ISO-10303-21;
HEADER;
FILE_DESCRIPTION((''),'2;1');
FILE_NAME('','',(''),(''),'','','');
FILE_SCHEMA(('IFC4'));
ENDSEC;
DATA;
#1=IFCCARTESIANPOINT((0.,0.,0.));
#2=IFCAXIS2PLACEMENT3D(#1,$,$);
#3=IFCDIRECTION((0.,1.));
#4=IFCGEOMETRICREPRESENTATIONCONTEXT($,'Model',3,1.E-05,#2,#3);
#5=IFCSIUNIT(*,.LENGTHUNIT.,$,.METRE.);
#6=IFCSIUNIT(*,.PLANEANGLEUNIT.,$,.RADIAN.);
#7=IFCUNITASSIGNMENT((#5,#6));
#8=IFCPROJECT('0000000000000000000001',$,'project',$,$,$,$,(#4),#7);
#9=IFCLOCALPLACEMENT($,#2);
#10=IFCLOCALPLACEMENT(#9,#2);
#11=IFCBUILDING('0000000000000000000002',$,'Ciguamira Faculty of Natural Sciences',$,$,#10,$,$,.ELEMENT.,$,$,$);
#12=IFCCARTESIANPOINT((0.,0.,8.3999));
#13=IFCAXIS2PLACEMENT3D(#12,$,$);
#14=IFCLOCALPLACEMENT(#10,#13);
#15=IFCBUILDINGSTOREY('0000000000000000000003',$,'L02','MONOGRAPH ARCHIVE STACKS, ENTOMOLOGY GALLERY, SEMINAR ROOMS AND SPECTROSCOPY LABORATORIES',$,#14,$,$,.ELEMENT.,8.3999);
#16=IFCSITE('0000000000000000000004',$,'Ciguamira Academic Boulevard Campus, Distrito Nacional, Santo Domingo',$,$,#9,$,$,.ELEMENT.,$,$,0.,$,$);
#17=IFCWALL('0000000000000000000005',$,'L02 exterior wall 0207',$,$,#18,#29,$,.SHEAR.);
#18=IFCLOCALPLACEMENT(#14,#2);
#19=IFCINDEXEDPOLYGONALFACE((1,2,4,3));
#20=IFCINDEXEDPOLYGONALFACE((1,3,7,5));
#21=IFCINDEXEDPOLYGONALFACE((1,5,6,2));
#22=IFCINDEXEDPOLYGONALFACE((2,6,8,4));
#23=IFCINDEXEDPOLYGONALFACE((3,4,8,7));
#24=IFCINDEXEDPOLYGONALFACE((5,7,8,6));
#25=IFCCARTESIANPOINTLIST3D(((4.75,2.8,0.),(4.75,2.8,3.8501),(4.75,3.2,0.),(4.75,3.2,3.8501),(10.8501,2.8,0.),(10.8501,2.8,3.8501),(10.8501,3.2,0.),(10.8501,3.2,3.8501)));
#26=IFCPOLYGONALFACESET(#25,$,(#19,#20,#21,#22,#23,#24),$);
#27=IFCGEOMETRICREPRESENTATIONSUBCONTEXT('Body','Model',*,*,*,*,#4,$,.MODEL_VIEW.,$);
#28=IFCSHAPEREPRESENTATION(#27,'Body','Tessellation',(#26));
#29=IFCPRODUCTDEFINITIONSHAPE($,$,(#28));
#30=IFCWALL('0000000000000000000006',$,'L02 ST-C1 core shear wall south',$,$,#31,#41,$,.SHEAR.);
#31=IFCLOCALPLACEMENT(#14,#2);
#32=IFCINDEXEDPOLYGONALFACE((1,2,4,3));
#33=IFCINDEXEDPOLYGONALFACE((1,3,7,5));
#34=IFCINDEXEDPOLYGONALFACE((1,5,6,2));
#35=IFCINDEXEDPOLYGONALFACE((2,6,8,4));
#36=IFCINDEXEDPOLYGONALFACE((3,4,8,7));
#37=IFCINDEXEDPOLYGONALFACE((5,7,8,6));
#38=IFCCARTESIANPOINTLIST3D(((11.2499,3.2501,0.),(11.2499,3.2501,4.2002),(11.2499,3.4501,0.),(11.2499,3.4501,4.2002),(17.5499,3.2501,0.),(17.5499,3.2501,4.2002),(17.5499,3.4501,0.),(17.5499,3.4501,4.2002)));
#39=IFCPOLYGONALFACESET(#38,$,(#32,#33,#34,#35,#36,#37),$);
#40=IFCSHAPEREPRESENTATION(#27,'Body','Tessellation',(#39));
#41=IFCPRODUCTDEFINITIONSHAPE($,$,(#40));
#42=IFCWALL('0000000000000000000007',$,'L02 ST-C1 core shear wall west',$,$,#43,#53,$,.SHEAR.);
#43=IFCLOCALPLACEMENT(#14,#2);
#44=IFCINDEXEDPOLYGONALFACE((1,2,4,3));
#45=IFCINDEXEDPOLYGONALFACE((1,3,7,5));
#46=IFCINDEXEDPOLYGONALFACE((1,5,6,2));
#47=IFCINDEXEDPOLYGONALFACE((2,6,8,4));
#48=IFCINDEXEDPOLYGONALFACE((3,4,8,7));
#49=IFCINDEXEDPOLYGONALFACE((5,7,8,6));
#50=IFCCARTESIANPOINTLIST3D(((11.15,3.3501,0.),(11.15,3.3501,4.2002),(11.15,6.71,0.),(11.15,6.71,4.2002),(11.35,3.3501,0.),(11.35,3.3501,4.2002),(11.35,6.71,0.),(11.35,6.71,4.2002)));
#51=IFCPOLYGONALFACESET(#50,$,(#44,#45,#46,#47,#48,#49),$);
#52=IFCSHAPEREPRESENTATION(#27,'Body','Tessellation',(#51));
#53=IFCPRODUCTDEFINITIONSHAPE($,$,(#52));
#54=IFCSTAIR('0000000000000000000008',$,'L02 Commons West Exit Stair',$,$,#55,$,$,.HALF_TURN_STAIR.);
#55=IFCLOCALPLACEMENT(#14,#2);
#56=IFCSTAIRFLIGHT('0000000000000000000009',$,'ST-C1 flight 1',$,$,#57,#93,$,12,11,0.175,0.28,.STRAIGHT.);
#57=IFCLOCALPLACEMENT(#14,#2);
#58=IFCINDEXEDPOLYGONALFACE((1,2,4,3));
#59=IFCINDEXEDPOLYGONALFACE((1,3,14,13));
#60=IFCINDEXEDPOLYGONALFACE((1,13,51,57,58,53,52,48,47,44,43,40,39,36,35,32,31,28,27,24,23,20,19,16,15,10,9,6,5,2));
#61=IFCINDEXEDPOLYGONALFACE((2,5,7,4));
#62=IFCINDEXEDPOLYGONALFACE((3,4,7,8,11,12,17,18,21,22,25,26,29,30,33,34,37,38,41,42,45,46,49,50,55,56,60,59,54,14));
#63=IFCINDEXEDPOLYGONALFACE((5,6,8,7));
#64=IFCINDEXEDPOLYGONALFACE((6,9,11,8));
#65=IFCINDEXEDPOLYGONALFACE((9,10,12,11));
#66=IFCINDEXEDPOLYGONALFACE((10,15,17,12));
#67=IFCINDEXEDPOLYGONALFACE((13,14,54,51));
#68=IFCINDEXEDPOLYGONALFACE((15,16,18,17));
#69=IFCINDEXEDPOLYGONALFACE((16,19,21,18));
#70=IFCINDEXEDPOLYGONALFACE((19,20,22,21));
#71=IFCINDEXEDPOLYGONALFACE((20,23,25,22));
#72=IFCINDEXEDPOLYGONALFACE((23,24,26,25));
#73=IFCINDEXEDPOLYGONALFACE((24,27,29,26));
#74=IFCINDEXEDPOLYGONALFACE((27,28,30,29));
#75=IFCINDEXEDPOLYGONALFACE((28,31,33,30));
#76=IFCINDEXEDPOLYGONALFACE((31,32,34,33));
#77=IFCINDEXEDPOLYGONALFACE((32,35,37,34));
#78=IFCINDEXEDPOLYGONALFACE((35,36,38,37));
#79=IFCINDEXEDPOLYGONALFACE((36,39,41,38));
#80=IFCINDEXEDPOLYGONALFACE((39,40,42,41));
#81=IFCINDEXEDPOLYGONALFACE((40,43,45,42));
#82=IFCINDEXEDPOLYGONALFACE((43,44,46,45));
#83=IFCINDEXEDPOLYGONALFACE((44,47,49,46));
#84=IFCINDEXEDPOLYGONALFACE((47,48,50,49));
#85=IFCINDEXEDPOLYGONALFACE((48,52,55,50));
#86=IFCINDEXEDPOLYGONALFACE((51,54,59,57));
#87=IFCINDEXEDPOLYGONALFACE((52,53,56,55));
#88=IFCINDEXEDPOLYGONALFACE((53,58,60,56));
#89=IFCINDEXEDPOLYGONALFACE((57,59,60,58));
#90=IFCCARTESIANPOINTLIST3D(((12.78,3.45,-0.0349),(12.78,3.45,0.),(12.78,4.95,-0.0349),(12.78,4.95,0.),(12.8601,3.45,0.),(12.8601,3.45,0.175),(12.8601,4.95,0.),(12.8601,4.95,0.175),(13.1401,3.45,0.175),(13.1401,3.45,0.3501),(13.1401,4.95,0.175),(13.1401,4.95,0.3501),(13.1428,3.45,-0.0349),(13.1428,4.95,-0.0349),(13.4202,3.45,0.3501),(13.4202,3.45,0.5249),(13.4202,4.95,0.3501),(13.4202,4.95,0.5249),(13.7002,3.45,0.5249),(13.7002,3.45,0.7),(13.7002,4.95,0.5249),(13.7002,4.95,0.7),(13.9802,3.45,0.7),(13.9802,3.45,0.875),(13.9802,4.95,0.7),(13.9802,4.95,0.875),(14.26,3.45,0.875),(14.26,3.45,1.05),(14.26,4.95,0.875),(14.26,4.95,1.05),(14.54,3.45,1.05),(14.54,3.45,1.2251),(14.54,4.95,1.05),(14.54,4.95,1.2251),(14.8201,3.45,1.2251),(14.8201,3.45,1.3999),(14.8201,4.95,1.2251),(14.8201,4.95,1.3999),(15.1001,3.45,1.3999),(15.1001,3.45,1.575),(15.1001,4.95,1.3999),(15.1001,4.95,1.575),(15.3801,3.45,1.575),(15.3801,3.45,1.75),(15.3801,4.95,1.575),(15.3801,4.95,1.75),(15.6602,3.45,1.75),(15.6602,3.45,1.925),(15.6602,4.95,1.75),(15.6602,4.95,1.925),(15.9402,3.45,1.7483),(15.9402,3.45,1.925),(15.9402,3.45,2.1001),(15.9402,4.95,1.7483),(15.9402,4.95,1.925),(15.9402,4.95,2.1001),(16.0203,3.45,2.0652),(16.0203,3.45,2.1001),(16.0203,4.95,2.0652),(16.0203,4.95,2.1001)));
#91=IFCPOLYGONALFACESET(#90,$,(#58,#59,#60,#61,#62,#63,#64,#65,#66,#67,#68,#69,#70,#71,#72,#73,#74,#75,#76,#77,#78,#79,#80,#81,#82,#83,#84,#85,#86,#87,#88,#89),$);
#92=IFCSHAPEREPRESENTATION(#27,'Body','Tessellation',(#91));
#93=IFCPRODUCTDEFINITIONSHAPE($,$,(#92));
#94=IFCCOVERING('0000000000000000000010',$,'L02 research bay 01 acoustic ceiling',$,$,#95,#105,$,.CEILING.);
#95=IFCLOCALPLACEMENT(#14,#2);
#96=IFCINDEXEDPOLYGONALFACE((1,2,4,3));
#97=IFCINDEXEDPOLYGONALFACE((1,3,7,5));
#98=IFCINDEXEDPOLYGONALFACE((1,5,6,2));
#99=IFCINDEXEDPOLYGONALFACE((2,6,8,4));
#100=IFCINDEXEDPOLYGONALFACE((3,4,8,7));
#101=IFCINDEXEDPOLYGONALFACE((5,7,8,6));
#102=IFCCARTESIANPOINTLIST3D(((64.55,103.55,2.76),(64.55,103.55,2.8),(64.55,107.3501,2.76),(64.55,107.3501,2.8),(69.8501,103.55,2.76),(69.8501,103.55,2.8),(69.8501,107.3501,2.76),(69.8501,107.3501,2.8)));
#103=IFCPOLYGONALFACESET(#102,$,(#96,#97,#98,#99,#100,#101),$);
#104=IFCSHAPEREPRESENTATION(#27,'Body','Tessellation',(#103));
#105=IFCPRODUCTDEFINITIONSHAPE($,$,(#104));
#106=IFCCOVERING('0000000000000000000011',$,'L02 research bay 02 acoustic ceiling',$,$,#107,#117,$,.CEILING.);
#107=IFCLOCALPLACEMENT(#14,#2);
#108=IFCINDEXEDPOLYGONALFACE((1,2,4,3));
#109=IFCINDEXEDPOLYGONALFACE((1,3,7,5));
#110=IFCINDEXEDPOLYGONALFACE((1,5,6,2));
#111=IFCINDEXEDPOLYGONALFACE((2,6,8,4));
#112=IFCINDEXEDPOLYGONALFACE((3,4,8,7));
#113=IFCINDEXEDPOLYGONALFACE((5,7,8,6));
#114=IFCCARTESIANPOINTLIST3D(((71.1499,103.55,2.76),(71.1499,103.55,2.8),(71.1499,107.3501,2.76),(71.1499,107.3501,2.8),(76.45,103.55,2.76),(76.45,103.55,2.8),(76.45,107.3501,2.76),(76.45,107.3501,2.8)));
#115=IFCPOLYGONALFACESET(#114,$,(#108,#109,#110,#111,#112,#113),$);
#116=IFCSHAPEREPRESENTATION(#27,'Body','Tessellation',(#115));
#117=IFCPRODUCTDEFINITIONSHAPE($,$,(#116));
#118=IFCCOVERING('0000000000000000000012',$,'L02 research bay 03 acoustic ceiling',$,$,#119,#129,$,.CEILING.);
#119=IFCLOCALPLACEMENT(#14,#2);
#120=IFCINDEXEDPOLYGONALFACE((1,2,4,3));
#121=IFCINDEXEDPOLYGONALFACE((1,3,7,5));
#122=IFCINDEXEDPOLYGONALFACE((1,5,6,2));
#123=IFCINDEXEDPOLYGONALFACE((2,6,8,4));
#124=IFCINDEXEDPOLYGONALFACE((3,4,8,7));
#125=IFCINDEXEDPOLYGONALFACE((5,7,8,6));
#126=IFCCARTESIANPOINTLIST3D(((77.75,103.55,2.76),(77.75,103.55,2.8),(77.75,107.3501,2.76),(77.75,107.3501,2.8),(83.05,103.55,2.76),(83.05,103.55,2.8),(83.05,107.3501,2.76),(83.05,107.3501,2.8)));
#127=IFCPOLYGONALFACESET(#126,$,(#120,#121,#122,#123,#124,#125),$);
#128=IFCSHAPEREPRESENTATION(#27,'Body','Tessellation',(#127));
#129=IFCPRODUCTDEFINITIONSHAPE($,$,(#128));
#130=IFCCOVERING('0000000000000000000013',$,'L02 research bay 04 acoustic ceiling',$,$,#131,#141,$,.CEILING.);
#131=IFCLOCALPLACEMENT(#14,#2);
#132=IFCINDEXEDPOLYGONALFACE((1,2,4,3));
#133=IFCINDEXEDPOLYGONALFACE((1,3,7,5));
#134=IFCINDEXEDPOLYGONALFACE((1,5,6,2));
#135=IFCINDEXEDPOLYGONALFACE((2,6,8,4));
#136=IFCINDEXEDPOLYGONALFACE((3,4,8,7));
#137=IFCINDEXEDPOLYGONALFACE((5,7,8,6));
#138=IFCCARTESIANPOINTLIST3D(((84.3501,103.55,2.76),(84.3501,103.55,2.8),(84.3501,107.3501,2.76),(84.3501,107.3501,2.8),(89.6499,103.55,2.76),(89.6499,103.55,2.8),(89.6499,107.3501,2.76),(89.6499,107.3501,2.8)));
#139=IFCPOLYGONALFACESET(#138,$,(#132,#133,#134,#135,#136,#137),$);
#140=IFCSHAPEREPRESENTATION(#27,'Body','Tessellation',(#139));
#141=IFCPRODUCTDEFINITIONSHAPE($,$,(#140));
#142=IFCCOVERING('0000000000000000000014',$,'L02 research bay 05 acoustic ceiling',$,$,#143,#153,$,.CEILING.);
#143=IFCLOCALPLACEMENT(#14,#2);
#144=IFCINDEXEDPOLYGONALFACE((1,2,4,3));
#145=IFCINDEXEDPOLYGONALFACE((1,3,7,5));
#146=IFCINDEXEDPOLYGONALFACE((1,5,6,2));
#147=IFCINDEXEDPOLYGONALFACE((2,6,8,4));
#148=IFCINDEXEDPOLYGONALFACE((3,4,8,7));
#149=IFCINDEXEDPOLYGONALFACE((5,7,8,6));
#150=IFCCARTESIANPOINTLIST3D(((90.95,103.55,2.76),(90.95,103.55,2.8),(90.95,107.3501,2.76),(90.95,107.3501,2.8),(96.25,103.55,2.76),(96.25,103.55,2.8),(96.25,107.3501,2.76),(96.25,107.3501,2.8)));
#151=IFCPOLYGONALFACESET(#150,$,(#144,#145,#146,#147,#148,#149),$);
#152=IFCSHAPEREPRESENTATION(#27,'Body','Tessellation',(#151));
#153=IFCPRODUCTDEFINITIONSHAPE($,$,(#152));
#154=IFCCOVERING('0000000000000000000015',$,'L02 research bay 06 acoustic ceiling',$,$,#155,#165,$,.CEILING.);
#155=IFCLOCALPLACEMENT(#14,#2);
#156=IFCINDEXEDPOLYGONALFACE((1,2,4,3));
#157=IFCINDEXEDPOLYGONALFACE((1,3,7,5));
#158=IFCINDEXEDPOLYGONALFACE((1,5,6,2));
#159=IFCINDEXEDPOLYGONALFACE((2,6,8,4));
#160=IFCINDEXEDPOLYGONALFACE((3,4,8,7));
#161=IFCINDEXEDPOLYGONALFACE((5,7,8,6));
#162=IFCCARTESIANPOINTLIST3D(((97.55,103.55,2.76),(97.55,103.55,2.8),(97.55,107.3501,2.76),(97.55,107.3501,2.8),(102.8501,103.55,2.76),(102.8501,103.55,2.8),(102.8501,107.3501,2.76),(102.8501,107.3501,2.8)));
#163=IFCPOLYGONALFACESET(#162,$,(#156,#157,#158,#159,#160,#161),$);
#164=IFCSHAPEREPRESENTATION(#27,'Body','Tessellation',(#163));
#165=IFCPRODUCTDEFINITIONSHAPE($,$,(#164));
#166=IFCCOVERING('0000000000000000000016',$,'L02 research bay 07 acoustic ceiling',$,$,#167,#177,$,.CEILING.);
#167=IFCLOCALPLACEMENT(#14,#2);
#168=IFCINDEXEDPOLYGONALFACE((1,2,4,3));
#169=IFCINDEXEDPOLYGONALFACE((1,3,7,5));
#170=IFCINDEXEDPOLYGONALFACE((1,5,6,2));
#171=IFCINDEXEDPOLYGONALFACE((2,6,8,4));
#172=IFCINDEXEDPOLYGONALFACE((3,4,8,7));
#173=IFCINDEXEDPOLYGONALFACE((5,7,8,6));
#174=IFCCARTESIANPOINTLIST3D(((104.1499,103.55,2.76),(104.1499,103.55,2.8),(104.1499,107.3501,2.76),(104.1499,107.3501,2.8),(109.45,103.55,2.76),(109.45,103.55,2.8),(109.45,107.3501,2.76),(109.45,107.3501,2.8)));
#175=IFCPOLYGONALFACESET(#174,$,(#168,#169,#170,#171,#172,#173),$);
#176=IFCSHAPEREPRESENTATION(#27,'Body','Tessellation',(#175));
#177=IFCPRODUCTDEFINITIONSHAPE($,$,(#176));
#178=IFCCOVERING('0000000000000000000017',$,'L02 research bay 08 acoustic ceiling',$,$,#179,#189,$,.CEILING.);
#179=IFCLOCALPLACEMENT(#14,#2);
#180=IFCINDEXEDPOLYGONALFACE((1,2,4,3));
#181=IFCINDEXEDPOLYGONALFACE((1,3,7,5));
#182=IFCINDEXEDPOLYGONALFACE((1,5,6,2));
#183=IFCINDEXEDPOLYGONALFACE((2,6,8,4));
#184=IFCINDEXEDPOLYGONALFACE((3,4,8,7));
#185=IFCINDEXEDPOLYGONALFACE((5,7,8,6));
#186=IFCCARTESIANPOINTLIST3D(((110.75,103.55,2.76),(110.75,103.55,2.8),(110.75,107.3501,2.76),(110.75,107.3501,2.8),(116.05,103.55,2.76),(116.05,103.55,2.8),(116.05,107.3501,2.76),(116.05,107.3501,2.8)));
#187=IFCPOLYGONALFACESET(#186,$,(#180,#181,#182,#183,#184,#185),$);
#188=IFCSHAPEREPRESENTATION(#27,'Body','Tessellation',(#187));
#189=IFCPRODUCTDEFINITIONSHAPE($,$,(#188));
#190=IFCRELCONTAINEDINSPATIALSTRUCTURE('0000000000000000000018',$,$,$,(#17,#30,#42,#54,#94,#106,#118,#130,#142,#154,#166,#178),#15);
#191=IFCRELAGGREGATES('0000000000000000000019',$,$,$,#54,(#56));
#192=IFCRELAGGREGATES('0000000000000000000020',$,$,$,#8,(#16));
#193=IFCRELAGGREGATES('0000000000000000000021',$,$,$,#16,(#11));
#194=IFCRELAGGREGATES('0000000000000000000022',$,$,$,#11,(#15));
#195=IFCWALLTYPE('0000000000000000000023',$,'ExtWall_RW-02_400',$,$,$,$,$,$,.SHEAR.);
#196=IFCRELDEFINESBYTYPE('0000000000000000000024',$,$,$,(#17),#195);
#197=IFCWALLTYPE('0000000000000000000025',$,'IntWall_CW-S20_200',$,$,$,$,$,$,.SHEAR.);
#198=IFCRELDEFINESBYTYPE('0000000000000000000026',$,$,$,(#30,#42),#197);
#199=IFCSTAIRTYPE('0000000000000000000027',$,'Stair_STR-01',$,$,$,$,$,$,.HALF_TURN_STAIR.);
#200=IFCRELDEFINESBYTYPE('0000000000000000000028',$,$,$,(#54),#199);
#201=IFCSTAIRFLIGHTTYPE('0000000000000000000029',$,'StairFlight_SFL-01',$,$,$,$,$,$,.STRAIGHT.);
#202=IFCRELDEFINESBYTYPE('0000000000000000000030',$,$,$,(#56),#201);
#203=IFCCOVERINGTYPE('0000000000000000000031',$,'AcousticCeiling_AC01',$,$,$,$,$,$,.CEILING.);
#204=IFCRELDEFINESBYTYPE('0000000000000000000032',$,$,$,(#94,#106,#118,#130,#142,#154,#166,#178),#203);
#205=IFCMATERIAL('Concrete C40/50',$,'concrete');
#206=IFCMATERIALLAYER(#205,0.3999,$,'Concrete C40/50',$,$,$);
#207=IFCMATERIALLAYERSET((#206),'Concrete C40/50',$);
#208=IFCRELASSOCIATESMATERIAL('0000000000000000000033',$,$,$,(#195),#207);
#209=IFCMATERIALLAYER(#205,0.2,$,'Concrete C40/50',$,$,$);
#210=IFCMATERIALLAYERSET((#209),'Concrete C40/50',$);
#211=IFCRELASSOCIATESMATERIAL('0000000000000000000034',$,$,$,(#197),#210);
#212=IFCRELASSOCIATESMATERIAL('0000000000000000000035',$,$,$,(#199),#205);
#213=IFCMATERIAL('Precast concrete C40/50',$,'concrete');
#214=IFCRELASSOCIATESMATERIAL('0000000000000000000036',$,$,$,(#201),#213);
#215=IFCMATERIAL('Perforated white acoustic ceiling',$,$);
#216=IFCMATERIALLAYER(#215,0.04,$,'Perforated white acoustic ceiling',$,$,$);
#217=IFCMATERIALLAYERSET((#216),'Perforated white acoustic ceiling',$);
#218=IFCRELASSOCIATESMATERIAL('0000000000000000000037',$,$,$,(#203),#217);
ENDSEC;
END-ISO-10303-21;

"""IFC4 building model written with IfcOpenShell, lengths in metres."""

from ifc_helpers import new_model, si_unit, direction, frame, frame_2d, origin, place, context, subcontext, project, spatial, polyline, rectangle, outline, extrude, material, layer, layer_set, type_object, element, aggregate, save


model = new_model("IFC4")

# Units and contexts
model_context = context("Model", 3, precision=1e-05, world=origin(), true_north=direction((0.0, 1.0)))
body_context = subcontext(model_context, "Body", "Model", "MODEL_VIEW")
ifc_project = project(units=[si_unit("LENGTHUNIT", "METRE"), si_unit("PLANEANGLEUNIT", "RADIAN")], contexts=[model_context])

# Site, building, storey
site_placement = place(None, origin())
site = spatial("IfcSite", under=ifc_project, at=site_placement, Name="Ciguamira Academic Boulevard Campus, Distrito Nacional, Santo Domingo", CompositionType="ELEMENT", RefElevation=0.0)
building_placement = place(site_placement, origin())
building = spatial("IfcBuilding", under=site, at=building_placement, Name="Ciguamira Faculty of Natural Sciences", CompositionType="ELEMENT")
storey_placement = place(building_placement, frame((0.0, 0.0, 8.3999)))
storey = spatial("IfcBuildingStorey", under=building, at=storey_placement, Name="L02", Description="MONOGRAPH ARCHIVE STACKS, ENTOMOLOGY GALLERY, SEMINAR ROOMS AND SPECTROSCOPY LABORATORIES", CompositionType="ELEMENT", Elevation=8.3999)

# Shared definitions
ifc_material_1 = material(Name="Concrete C40/50", Category="concrete")

# Shared definitions
ifc_material_2 = material(Name="Precast concrete C40/50", Category="concrete")

# Walls
ifc_layer_1 = layer(ifc_material_1, 0.3999, Name="Concrete C40/50")
ifc_layer_set_1 = layer_set([ifc_layer_1], Name="Concrete C40/50")
wall_type_1 = type_object("IfcWallType", Name="ExtWall_RW-02_400", PredefinedType="SHEAR", material=ifc_layer_set_1)
wall_1_placement = place(storey_placement, frame((4.75, 3.0, 0.0), z_axis=(0.0, 0.0, 1.0), x_axis=(1.0, 0.0, 0.0)))
element("IfcWall", 1, at=wall_1_placement, inside=storey, type_object=wall_type_1, Name="L02 exterior wall 0207", PredefinedType="SHEAR", context=body_context, shape_type="SweptSolid", body=[
    extrude(rectangle(XDim=6.1001, YDim=0.3999, at=frame_2d((3.05, 0.0))), origin(), (0.0, 0.0, 1.0), 3.8501),
])
ifc_layer_2 = layer(ifc_material_1, 0.2, Name="Concrete C40/50")
ifc_layer_set_2 = layer_set([ifc_layer_2], Name="Concrete C40/50")
wall_type_2 = type_object("IfcWallType", Name="IntWall_CW-S20_200", PredefinedType="SHEAR", material=ifc_layer_set_2)
wall_2_placement = place(storey_placement, frame((11.25, 3.3501, 0.0), z_axis=(0.0, 0.0, 1.0), x_axis=(1.0, 0.0, 0.0)))
element("IfcWall", 2, at=wall_2_placement, inside=storey, type_object=wall_type_2, Name="L02 ST-C1 core shear wall south", PredefinedType="SHEAR", context=body_context, shape_type="SweptSolid", body=[
    extrude(rectangle(XDim=6.3, YDim=0.2, at=frame_2d((3.1499, 0.0))), origin(), (0.0, 0.0, 1.0), 4.2002),
])
wall_3_placement = place(storey_placement, frame((11.25, 3.3501, 0.0), z_axis=(0.0, 0.0, 1.0), x_axis=(0.0, 1.0, 0.0)))
element("IfcWall", 3, at=wall_3_placement, inside=storey, type_object=wall_type_2, Name="L02 ST-C1 core shear wall west", PredefinedType="SHEAR", context=body_context, shape_type="SweptSolid", body=[
    extrude(rectangle(XDim=3.3599, YDim=0.2, at=frame_2d((1.6799, 0.0))), origin(), (0.0, 0.0, 1.0), 4.2002),
])

# Stair, stair flight
stair_type = type_object("IfcStairType", Name="Stair_STR-01", PredefinedType="HALF_TURN_STAIR", material=ifc_material_1)
stair_placement = place(storey_placement, origin())
stair = element("IfcStair", 4, at=stair_placement, inside=storey, type_object=stair_type, Name="L02 Commons West Exit Stair", PredefinedType="HALF_TURN_STAIR")
stair_flight_type = type_object("IfcStairFlightType", Name="StairFlight_SFL-01", PredefinedType="STRAIGHT", material=ifc_material_2)
stair_flight_placement = place(storey_placement, frame((12.8601, 4.2, 0.0), z_axis=(0.0, 0.0, 1.0), x_axis=(1.0, 0.0, 0.0)))
stair_flight = element("IfcStairFlight", 5, at=stair_flight_placement, type_object=stair_flight_type, Name="ST-C1 flight 1", NumberOfRisers=12, NumberOfTreads=11, PredefinedType="STRAIGHT", RiserHeight=0.175, TreadLength=0.28, context=body_context, shape_type="SweptSolid", body=[
    extrude(outline(polyline([(-0.0801, -0.0349), (-0.0801, 0.0), (0.0, 0.0), (0.0, 0.175), (0.28, 0.175), (0.28, 0.3501), (0.5601, 0.3501), (0.5601, 0.5249), (0.8401, 0.5249), (0.8401, 0.7), (1.1201, 0.7), (1.1201, 0.875), (1.3999, 0.875), (1.3999, 1.05), (1.6799, 1.05), (1.6799, 1.2251), (1.96, 1.2251), (1.96, 1.3999), (2.24, 1.3999), (2.24, 1.575), (2.52, 1.575), (2.52, 1.75), (2.8, 1.75), (2.8, 1.925), (3.0801, 1.925), (3.0801, 2.1001), (3.1602, 2.1001), (3.1602, 2.0652), (3.0801, 1.7483), (0.2827, -0.0349), (-0.0801, -0.0349)])), frame((0.0, 0.75, 0.0), z_axis=(0.0, -1.0, 0.0), x_axis=(1.0, 0.0, 0.0)), (0.0, 0.0, 1.0), 1.5),
])
aggregate(stair, [stair_flight])

# Coverings
ifc_material_3 = material(Name="Perforated white acoustic ceiling")
ifc_layer_3 = layer(ifc_material_3, 0.04, Name="Perforated white acoustic ceiling")
ifc_layer_set_3 = layer_set([ifc_layer_3], Name="Perforated white acoustic ceiling")
covering_type = type_object("IfcCoveringType", Name="AcousticCeiling_AC01", PredefinedType="CEILING", material=ifc_layer_set_3)
covering_1_placement = place(storey_placement, frame((0.0, 0.0, 2.76)))
element("IfcCovering", 6, at=covering_1_placement, inside=storey, type_object=covering_type, Name="L02 research bay 01 acoustic ceiling", PredefinedType="CEILING", context=body_context, shape_type="SweptSolid", body=[
    extrude(outline(polyline([(64.55, 103.55), (69.8501, 103.55), (69.8501, 107.3501), (64.55, 107.3501), (64.55, 103.55)])), origin(), (0.0, 0.0, 1.0), 0.04),
])
covering_2_placement = place(storey_placement, frame((0.0, 0.0, 2.76)))
element("IfcCovering", 7, at=covering_2_placement, inside=storey, type_object=covering_type, Name="L02 research bay 02 acoustic ceiling", PredefinedType="CEILING", context=body_context, shape_type="SweptSolid", body=[
    extrude(outline(polyline([(71.1499, 103.55), (76.45, 103.55), (76.45, 107.3501), (71.1499, 107.3501), (71.1499, 103.55)])), origin(), (0.0, 0.0, 1.0), 0.04),
])
covering_3_placement = place(storey_placement, frame((0.0, 0.0, 2.76)))
element("IfcCovering", 8, at=covering_3_placement, inside=storey, type_object=covering_type, Name="L02 research bay 03 acoustic ceiling", PredefinedType="CEILING", context=body_context, shape_type="SweptSolid", body=[
    extrude(outline(polyline([(77.75, 103.55), (83.05, 103.55), (83.05, 107.3501), (77.75, 107.3501), (77.75, 103.55)])), origin(), (0.0, 0.0, 1.0), 0.04),
])
covering_4_placement = place(storey_placement, frame((0.0, 0.0, 2.76)))
element("IfcCovering", 9, at=covering_4_placement, inside=storey, type_object=covering_type, Name="L02 research bay 04 acoustic ceiling", PredefinedType="CEILING", context=body_context, shape_type="SweptSolid", body=[
    extrude(outline(polyline([(84.3501, 103.55), (89.6499, 103.55), (89.6499, 107.3501), (84.3501, 107.3501), (84.3501, 103.55)])), origin(), (0.0, 0.0, 1.0), 0.04),
])
covering_5_placement = place(storey_placement, frame((0.0, 0.0, 2.76)))
element("IfcCovering", 10, at=covering_5_placement, inside=storey, type_object=covering_type, Name="L02 research bay 05 acoustic ceiling", PredefinedType="CEILING", context=body_context, shape_type="SweptSolid", body=[
    extrude(outline(polyline([(90.95, 103.55), (96.25, 103.55), (96.25, 107.3501), (90.95, 107.3501), (90.95, 103.55)])), origin(), (0.0, 0.0, 1.0), 0.04),
])
covering_6_placement = place(storey_placement, frame((0.0, 0.0, 2.76)))
element("IfcCovering", 11, at=covering_6_placement, inside=storey, type_object=covering_type, Name="L02 research bay 06 acoustic ceiling", PredefinedType="CEILING", context=body_context, shape_type="SweptSolid", body=[
    extrude(outline(polyline([(97.55, 103.55), (102.8501, 103.55), (102.8501, 107.3501), (97.55, 107.3501), (97.55, 103.55)])), origin(), (0.0, 0.0, 1.0), 0.04),
])
covering_7_placement = place(storey_placement, frame((0.0, 0.0, 2.76)))
element("IfcCovering", 12, at=covering_7_placement, inside=storey, type_object=covering_type, Name="L02 research bay 07 acoustic ceiling", PredefinedType="CEILING", context=body_context, shape_type="SweptSolid", body=[
    extrude(outline(polyline([(104.1499, 103.55), (109.45, 103.55), (109.45, 107.3501), (104.1499, 107.3501), (104.1499, 103.55)])), origin(), (0.0, 0.0, 1.0), 0.04),
])
covering_8_placement = place(storey_placement, frame((0.0, 0.0, 2.76)))
element("IfcCovering", 13, at=covering_8_placement, inside=storey, type_object=covering_type, Name="L02 research bay 08 acoustic ceiling", PredefinedType="CEILING", context=body_context, shape_type="SweptSolid", body=[
    extrude(outline(polyline([(110.75, 103.55), (116.05, 103.55), (116.05, 107.3501), (110.75, 107.3501), (110.75, 103.55)])), origin(), (0.0, 0.0, 1.0), 0.04),
])

save(model, "model.ifc")
